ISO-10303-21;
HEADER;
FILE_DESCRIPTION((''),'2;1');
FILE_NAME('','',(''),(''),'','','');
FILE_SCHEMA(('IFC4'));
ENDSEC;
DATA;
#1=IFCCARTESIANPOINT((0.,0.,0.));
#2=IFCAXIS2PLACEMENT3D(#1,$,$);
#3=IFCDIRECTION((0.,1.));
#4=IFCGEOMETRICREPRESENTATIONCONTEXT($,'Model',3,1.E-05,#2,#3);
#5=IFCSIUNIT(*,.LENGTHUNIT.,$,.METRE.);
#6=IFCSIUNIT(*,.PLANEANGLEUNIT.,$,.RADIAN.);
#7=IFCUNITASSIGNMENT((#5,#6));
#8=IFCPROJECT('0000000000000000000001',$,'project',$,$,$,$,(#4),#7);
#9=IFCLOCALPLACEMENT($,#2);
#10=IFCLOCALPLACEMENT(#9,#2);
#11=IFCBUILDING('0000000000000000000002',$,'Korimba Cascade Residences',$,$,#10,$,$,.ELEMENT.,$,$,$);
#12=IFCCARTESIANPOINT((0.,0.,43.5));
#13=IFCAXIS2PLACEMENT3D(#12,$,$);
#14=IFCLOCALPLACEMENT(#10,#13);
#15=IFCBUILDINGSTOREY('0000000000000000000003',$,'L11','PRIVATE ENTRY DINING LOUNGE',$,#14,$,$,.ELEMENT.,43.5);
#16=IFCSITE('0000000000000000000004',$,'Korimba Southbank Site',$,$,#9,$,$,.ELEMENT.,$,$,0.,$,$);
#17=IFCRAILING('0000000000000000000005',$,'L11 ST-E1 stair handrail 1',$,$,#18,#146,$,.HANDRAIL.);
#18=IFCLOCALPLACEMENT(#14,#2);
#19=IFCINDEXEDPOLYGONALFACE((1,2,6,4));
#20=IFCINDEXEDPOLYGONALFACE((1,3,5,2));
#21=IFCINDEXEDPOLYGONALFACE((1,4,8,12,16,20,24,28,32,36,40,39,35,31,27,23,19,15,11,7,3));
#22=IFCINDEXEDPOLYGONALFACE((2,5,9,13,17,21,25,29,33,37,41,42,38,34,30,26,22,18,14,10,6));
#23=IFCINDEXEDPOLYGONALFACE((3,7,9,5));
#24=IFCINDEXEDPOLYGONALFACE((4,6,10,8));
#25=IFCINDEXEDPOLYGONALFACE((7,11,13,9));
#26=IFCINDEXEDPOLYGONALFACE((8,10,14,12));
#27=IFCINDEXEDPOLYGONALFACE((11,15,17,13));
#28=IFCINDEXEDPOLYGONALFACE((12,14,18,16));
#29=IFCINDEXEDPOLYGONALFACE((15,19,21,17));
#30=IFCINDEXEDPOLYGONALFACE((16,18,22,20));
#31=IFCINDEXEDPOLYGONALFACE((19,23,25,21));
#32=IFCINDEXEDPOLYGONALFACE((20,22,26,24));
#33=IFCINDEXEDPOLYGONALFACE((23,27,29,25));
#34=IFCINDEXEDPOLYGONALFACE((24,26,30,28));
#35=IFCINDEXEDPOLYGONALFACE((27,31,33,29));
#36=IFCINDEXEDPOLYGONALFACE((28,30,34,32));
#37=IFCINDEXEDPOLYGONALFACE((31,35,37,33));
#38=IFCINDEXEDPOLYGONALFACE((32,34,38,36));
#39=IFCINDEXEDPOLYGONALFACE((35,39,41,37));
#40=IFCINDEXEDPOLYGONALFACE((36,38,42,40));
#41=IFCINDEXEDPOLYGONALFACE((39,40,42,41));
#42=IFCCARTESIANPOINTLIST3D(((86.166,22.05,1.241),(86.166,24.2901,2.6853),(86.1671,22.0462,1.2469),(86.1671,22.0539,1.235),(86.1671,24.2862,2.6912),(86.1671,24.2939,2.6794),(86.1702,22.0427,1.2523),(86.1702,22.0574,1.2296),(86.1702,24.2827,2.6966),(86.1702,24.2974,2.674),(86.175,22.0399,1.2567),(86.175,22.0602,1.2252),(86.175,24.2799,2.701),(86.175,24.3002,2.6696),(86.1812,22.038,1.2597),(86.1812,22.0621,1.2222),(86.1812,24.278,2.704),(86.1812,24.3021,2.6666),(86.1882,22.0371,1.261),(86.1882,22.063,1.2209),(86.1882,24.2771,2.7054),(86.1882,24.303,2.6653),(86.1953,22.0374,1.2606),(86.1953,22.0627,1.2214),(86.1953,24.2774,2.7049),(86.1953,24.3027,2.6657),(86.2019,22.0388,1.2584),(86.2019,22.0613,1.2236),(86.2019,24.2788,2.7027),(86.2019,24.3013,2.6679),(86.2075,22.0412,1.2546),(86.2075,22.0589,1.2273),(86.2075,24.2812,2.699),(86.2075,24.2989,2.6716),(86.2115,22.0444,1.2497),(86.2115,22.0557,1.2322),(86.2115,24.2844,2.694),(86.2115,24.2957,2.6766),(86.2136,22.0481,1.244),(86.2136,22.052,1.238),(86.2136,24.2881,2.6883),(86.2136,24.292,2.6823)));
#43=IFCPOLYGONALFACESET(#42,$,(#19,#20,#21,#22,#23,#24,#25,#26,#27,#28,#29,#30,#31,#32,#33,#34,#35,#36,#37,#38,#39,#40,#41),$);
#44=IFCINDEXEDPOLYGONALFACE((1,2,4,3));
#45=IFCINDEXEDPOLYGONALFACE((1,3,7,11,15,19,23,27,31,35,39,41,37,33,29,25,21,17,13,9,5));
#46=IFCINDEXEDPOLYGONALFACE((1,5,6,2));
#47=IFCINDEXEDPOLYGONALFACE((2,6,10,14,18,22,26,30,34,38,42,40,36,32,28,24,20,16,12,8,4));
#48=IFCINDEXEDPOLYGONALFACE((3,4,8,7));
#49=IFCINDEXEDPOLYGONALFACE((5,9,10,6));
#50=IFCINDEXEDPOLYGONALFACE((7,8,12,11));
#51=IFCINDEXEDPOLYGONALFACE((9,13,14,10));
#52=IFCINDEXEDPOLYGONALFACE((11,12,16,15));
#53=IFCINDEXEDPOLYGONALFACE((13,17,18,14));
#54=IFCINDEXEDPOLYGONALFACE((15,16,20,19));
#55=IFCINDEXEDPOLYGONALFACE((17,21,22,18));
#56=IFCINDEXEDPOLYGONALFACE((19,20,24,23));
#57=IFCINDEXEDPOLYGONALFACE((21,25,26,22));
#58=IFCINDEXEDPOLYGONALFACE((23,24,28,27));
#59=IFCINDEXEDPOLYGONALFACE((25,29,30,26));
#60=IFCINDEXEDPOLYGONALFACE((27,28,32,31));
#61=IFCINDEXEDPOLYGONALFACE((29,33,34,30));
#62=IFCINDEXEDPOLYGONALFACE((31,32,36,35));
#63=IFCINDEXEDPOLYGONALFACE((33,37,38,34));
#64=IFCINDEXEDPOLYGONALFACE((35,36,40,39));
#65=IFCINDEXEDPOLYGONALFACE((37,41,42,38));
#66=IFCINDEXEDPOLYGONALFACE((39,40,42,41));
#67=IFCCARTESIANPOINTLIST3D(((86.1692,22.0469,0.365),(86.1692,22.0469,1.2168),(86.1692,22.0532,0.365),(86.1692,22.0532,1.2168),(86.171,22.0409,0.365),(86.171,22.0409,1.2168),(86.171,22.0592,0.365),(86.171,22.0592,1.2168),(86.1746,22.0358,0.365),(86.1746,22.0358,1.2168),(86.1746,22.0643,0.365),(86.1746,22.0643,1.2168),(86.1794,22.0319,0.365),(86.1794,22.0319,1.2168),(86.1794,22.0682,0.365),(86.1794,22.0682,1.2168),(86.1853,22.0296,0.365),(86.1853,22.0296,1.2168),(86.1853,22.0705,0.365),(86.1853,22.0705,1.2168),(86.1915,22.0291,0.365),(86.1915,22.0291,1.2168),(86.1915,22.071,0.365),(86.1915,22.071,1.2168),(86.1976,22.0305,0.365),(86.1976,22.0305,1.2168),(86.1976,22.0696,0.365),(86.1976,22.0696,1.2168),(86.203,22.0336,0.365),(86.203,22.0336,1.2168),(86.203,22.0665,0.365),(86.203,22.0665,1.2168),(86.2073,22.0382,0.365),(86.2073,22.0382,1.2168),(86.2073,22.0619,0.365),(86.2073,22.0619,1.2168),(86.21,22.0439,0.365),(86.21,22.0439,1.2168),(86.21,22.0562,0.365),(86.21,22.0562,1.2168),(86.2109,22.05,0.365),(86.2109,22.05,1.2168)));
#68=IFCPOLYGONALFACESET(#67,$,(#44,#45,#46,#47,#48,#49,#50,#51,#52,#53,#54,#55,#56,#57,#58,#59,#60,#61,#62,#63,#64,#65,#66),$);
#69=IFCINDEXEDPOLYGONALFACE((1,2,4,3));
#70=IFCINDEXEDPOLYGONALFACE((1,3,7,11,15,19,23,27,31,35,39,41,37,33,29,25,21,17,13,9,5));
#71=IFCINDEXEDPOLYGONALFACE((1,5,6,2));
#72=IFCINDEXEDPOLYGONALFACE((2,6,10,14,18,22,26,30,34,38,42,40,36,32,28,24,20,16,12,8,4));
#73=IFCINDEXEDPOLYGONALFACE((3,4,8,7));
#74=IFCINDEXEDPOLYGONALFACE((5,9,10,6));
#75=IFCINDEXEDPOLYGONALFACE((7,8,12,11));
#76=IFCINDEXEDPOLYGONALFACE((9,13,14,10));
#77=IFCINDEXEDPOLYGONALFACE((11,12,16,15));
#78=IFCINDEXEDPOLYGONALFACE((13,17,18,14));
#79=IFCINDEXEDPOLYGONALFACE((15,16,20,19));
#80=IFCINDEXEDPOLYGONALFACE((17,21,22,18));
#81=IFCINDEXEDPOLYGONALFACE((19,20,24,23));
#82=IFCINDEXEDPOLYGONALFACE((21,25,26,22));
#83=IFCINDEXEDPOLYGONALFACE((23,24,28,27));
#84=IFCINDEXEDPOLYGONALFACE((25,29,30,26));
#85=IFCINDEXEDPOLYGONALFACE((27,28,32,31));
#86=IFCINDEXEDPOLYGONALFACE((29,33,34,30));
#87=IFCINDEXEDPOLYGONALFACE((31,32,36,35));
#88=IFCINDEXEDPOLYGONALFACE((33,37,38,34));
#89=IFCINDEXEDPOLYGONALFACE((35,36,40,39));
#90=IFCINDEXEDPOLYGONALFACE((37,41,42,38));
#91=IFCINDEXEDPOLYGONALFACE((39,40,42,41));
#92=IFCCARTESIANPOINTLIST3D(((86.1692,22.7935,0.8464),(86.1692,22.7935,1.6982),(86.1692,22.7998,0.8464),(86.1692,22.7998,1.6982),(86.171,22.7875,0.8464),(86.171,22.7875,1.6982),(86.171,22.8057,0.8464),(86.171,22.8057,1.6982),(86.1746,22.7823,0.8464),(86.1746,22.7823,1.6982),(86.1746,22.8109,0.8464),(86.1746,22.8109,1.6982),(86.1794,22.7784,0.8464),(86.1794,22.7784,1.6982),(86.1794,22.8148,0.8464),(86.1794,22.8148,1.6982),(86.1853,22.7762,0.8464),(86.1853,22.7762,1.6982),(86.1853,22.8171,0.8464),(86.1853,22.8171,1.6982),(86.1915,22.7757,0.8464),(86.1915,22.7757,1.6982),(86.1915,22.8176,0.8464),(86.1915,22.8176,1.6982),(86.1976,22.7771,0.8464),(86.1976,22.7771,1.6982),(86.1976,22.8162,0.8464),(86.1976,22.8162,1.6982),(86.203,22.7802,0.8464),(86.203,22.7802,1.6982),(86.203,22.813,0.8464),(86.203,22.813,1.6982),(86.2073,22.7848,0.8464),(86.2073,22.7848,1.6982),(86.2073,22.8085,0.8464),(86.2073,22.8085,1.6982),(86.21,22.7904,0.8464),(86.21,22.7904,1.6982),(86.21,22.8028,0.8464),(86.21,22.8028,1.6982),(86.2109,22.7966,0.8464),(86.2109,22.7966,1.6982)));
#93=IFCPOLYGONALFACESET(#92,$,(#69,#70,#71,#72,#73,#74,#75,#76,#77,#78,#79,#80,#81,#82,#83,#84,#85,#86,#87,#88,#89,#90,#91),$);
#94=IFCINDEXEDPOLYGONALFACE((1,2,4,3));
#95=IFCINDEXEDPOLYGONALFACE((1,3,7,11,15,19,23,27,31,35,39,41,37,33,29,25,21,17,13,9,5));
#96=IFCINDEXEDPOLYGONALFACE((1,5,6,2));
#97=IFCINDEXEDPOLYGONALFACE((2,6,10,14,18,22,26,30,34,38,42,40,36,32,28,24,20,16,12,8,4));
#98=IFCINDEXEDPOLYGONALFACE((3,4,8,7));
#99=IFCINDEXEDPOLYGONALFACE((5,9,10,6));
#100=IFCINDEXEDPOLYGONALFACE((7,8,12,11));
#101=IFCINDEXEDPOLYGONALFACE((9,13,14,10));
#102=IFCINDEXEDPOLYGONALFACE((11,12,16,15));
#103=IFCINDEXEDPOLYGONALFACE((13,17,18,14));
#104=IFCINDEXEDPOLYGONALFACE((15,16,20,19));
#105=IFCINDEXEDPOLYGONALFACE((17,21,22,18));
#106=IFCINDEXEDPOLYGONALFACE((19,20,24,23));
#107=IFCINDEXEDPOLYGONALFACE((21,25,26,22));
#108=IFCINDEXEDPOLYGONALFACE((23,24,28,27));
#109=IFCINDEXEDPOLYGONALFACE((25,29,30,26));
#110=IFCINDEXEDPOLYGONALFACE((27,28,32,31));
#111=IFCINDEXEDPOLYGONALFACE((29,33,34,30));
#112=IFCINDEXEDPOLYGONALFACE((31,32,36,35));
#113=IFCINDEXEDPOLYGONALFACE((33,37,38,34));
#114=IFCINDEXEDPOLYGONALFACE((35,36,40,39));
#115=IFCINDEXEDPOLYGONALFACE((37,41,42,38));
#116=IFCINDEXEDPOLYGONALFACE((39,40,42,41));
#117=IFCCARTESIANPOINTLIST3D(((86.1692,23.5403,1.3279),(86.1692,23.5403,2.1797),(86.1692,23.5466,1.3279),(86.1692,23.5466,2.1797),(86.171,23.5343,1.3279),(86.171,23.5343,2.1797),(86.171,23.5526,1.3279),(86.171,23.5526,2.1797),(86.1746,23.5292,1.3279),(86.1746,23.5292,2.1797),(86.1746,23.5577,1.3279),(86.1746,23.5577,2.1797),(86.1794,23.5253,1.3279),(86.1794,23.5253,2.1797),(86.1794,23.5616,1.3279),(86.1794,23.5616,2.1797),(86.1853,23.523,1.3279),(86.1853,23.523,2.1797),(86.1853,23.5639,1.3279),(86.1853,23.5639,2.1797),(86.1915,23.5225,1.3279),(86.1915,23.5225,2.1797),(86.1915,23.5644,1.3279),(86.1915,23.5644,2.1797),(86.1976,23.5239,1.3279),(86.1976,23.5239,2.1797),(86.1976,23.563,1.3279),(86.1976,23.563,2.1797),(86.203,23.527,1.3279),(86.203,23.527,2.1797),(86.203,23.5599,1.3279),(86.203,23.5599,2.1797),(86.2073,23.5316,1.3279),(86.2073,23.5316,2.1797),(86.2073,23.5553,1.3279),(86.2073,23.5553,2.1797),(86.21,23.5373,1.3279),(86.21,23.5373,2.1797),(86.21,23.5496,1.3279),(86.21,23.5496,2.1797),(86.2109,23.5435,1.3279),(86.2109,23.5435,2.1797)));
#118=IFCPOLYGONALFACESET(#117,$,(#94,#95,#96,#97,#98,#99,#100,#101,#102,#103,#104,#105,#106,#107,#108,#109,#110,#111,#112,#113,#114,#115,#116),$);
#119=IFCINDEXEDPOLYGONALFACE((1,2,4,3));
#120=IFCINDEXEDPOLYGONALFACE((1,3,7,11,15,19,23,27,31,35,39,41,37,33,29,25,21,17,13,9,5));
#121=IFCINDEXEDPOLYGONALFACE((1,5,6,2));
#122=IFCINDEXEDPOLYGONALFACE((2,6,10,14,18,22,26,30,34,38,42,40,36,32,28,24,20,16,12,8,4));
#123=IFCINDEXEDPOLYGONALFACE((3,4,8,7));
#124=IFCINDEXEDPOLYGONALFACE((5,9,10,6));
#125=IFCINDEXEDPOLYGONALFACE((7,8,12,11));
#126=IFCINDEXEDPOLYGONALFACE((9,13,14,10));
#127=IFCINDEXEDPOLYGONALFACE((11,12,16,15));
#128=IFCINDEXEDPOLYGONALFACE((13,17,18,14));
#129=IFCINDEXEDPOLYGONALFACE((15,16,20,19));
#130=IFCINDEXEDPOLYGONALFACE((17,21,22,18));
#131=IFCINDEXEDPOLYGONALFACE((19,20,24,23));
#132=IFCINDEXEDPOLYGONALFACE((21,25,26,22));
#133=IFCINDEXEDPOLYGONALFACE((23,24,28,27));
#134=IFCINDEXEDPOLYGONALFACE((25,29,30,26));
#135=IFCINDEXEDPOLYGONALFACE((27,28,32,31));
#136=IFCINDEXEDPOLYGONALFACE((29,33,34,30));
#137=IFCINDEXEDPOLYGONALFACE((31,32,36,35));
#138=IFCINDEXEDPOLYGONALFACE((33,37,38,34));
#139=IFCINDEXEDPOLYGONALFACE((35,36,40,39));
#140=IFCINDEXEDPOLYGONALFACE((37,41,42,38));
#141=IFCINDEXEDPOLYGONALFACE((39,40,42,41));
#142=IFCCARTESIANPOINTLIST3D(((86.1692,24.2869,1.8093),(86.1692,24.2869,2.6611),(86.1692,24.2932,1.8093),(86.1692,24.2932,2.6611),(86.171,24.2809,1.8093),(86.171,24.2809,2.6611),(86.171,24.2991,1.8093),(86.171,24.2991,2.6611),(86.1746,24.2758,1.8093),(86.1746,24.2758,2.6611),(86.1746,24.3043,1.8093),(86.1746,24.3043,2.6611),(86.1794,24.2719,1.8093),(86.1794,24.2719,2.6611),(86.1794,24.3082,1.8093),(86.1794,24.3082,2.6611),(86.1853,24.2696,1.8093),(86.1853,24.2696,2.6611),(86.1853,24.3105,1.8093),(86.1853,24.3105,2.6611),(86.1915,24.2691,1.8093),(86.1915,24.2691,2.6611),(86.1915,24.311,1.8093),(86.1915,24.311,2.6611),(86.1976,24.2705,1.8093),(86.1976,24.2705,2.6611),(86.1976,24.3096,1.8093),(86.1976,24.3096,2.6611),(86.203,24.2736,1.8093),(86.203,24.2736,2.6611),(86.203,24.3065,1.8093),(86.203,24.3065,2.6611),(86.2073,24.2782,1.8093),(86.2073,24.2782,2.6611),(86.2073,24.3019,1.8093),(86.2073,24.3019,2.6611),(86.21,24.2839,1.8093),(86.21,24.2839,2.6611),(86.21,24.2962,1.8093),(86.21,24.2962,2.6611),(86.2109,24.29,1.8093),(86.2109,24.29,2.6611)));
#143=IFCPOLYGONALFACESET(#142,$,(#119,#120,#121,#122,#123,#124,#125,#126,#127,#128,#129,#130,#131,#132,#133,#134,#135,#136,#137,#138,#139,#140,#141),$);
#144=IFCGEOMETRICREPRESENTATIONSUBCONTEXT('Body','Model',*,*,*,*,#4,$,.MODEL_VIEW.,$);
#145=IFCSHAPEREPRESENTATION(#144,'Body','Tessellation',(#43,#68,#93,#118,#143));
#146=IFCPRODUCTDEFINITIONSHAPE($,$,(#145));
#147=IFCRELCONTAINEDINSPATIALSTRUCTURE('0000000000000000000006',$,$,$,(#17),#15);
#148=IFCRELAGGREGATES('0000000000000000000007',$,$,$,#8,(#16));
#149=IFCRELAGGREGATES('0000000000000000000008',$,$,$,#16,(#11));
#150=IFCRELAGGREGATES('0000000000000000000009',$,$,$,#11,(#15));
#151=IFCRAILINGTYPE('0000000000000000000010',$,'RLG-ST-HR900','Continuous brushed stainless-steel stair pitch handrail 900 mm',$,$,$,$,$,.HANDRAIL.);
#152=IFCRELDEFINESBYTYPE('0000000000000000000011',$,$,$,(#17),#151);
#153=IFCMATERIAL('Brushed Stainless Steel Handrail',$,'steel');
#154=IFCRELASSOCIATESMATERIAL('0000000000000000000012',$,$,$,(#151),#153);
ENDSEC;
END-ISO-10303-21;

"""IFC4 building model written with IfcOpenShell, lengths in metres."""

from ifc_helpers import new_model, si_unit, direction, frame, origin, origin_2d, place, context, subcontext, project, spatial, circle, extrude, material, type_object, element, save


model = new_model("IFC4")

# Units and contexts
model_context = context("Model", 3, precision=1e-05, world=origin(), true_north=direction((0.0, 1.0)))
body_context = subcontext(model_context, "Body", "Model", "MODEL_VIEW")
ifc_project = project(units=[si_unit("LENGTHUNIT", "METRE"), si_unit("PLANEANGLEUNIT", "RADIAN")], contexts=[model_context])

# Site, building, storey
site_placement = place(None, origin())
site = spatial("IfcSite", under=ifc_project, at=site_placement, Name="Korimba Southbank Site", CompositionType="ELEMENT", RefElevation=0.0)
building_placement = place(site_placement, origin())
building = spatial("IfcBuilding", under=site, at=building_placement, Name="Korimba Cascade Residences", CompositionType="ELEMENT")
storey_placement = place(building_placement, frame((0.0, 0.0, 43.5)))
storey = spatial("IfcBuildingStorey", under=building, at=storey_placement, Name="L11", Description="PRIVATE ENTRY DINING LOUNGE", CompositionType="ELEMENT", Elevation=43.5)

# Railing
ifc_material_1 = material(Name="Brushed Stainless Steel Handrail", Category="steel")
railing_type_1 = type_object("IfcRailingType", Name="RLG-ST-HR900", Description="Continuous brushed stainless-steel stair pitch handrail 900 mm", PredefinedType="HANDRAIL", material=ifc_material_1)
railing_1_placement = place(storey_placement, frame((86.1899, 22.05, 0.365)))
element("IfcRailing", 1, at=railing_1_placement, inside=storey, type_object=railing_type_1, Name="L11 ST-E1 stair handrail 1", PredefinedType="HANDRAIL", context=body_context, shape_type="SweptSolid", body=[
    extrude(circle(Radius=0.0239, at=origin_2d()), frame((0.0, 0.0, 0.876), z_axis=(0.0, 0.840437, 0.54191), x_axis=(-1.0, 0.0, 0.0)), (0.0, 0.0, 1.0), 2.6653),
    extrude(circle(Radius=0.021, at=origin_2d()), origin(), (0.0, 0.0, 1.0), 0.8518),
    extrude(circle(Radius=0.021, at=origin_2d()), frame((0.0, 0.7466, 0.4814)), (0.0, 0.0, 1.0), 0.8518),
    extrude(circle(Radius=0.021, at=origin_2d()), frame((0.0, 1.4934, 0.9629)), (0.0, 0.0, 1.0), 0.8518),
    extrude(circle(Radius=0.021, at=origin_2d()), frame((0.0, 2.24, 1.4443)), (0.0, 0.0, 1.0), 0.8518),
])

save(model, "model.ifc")
